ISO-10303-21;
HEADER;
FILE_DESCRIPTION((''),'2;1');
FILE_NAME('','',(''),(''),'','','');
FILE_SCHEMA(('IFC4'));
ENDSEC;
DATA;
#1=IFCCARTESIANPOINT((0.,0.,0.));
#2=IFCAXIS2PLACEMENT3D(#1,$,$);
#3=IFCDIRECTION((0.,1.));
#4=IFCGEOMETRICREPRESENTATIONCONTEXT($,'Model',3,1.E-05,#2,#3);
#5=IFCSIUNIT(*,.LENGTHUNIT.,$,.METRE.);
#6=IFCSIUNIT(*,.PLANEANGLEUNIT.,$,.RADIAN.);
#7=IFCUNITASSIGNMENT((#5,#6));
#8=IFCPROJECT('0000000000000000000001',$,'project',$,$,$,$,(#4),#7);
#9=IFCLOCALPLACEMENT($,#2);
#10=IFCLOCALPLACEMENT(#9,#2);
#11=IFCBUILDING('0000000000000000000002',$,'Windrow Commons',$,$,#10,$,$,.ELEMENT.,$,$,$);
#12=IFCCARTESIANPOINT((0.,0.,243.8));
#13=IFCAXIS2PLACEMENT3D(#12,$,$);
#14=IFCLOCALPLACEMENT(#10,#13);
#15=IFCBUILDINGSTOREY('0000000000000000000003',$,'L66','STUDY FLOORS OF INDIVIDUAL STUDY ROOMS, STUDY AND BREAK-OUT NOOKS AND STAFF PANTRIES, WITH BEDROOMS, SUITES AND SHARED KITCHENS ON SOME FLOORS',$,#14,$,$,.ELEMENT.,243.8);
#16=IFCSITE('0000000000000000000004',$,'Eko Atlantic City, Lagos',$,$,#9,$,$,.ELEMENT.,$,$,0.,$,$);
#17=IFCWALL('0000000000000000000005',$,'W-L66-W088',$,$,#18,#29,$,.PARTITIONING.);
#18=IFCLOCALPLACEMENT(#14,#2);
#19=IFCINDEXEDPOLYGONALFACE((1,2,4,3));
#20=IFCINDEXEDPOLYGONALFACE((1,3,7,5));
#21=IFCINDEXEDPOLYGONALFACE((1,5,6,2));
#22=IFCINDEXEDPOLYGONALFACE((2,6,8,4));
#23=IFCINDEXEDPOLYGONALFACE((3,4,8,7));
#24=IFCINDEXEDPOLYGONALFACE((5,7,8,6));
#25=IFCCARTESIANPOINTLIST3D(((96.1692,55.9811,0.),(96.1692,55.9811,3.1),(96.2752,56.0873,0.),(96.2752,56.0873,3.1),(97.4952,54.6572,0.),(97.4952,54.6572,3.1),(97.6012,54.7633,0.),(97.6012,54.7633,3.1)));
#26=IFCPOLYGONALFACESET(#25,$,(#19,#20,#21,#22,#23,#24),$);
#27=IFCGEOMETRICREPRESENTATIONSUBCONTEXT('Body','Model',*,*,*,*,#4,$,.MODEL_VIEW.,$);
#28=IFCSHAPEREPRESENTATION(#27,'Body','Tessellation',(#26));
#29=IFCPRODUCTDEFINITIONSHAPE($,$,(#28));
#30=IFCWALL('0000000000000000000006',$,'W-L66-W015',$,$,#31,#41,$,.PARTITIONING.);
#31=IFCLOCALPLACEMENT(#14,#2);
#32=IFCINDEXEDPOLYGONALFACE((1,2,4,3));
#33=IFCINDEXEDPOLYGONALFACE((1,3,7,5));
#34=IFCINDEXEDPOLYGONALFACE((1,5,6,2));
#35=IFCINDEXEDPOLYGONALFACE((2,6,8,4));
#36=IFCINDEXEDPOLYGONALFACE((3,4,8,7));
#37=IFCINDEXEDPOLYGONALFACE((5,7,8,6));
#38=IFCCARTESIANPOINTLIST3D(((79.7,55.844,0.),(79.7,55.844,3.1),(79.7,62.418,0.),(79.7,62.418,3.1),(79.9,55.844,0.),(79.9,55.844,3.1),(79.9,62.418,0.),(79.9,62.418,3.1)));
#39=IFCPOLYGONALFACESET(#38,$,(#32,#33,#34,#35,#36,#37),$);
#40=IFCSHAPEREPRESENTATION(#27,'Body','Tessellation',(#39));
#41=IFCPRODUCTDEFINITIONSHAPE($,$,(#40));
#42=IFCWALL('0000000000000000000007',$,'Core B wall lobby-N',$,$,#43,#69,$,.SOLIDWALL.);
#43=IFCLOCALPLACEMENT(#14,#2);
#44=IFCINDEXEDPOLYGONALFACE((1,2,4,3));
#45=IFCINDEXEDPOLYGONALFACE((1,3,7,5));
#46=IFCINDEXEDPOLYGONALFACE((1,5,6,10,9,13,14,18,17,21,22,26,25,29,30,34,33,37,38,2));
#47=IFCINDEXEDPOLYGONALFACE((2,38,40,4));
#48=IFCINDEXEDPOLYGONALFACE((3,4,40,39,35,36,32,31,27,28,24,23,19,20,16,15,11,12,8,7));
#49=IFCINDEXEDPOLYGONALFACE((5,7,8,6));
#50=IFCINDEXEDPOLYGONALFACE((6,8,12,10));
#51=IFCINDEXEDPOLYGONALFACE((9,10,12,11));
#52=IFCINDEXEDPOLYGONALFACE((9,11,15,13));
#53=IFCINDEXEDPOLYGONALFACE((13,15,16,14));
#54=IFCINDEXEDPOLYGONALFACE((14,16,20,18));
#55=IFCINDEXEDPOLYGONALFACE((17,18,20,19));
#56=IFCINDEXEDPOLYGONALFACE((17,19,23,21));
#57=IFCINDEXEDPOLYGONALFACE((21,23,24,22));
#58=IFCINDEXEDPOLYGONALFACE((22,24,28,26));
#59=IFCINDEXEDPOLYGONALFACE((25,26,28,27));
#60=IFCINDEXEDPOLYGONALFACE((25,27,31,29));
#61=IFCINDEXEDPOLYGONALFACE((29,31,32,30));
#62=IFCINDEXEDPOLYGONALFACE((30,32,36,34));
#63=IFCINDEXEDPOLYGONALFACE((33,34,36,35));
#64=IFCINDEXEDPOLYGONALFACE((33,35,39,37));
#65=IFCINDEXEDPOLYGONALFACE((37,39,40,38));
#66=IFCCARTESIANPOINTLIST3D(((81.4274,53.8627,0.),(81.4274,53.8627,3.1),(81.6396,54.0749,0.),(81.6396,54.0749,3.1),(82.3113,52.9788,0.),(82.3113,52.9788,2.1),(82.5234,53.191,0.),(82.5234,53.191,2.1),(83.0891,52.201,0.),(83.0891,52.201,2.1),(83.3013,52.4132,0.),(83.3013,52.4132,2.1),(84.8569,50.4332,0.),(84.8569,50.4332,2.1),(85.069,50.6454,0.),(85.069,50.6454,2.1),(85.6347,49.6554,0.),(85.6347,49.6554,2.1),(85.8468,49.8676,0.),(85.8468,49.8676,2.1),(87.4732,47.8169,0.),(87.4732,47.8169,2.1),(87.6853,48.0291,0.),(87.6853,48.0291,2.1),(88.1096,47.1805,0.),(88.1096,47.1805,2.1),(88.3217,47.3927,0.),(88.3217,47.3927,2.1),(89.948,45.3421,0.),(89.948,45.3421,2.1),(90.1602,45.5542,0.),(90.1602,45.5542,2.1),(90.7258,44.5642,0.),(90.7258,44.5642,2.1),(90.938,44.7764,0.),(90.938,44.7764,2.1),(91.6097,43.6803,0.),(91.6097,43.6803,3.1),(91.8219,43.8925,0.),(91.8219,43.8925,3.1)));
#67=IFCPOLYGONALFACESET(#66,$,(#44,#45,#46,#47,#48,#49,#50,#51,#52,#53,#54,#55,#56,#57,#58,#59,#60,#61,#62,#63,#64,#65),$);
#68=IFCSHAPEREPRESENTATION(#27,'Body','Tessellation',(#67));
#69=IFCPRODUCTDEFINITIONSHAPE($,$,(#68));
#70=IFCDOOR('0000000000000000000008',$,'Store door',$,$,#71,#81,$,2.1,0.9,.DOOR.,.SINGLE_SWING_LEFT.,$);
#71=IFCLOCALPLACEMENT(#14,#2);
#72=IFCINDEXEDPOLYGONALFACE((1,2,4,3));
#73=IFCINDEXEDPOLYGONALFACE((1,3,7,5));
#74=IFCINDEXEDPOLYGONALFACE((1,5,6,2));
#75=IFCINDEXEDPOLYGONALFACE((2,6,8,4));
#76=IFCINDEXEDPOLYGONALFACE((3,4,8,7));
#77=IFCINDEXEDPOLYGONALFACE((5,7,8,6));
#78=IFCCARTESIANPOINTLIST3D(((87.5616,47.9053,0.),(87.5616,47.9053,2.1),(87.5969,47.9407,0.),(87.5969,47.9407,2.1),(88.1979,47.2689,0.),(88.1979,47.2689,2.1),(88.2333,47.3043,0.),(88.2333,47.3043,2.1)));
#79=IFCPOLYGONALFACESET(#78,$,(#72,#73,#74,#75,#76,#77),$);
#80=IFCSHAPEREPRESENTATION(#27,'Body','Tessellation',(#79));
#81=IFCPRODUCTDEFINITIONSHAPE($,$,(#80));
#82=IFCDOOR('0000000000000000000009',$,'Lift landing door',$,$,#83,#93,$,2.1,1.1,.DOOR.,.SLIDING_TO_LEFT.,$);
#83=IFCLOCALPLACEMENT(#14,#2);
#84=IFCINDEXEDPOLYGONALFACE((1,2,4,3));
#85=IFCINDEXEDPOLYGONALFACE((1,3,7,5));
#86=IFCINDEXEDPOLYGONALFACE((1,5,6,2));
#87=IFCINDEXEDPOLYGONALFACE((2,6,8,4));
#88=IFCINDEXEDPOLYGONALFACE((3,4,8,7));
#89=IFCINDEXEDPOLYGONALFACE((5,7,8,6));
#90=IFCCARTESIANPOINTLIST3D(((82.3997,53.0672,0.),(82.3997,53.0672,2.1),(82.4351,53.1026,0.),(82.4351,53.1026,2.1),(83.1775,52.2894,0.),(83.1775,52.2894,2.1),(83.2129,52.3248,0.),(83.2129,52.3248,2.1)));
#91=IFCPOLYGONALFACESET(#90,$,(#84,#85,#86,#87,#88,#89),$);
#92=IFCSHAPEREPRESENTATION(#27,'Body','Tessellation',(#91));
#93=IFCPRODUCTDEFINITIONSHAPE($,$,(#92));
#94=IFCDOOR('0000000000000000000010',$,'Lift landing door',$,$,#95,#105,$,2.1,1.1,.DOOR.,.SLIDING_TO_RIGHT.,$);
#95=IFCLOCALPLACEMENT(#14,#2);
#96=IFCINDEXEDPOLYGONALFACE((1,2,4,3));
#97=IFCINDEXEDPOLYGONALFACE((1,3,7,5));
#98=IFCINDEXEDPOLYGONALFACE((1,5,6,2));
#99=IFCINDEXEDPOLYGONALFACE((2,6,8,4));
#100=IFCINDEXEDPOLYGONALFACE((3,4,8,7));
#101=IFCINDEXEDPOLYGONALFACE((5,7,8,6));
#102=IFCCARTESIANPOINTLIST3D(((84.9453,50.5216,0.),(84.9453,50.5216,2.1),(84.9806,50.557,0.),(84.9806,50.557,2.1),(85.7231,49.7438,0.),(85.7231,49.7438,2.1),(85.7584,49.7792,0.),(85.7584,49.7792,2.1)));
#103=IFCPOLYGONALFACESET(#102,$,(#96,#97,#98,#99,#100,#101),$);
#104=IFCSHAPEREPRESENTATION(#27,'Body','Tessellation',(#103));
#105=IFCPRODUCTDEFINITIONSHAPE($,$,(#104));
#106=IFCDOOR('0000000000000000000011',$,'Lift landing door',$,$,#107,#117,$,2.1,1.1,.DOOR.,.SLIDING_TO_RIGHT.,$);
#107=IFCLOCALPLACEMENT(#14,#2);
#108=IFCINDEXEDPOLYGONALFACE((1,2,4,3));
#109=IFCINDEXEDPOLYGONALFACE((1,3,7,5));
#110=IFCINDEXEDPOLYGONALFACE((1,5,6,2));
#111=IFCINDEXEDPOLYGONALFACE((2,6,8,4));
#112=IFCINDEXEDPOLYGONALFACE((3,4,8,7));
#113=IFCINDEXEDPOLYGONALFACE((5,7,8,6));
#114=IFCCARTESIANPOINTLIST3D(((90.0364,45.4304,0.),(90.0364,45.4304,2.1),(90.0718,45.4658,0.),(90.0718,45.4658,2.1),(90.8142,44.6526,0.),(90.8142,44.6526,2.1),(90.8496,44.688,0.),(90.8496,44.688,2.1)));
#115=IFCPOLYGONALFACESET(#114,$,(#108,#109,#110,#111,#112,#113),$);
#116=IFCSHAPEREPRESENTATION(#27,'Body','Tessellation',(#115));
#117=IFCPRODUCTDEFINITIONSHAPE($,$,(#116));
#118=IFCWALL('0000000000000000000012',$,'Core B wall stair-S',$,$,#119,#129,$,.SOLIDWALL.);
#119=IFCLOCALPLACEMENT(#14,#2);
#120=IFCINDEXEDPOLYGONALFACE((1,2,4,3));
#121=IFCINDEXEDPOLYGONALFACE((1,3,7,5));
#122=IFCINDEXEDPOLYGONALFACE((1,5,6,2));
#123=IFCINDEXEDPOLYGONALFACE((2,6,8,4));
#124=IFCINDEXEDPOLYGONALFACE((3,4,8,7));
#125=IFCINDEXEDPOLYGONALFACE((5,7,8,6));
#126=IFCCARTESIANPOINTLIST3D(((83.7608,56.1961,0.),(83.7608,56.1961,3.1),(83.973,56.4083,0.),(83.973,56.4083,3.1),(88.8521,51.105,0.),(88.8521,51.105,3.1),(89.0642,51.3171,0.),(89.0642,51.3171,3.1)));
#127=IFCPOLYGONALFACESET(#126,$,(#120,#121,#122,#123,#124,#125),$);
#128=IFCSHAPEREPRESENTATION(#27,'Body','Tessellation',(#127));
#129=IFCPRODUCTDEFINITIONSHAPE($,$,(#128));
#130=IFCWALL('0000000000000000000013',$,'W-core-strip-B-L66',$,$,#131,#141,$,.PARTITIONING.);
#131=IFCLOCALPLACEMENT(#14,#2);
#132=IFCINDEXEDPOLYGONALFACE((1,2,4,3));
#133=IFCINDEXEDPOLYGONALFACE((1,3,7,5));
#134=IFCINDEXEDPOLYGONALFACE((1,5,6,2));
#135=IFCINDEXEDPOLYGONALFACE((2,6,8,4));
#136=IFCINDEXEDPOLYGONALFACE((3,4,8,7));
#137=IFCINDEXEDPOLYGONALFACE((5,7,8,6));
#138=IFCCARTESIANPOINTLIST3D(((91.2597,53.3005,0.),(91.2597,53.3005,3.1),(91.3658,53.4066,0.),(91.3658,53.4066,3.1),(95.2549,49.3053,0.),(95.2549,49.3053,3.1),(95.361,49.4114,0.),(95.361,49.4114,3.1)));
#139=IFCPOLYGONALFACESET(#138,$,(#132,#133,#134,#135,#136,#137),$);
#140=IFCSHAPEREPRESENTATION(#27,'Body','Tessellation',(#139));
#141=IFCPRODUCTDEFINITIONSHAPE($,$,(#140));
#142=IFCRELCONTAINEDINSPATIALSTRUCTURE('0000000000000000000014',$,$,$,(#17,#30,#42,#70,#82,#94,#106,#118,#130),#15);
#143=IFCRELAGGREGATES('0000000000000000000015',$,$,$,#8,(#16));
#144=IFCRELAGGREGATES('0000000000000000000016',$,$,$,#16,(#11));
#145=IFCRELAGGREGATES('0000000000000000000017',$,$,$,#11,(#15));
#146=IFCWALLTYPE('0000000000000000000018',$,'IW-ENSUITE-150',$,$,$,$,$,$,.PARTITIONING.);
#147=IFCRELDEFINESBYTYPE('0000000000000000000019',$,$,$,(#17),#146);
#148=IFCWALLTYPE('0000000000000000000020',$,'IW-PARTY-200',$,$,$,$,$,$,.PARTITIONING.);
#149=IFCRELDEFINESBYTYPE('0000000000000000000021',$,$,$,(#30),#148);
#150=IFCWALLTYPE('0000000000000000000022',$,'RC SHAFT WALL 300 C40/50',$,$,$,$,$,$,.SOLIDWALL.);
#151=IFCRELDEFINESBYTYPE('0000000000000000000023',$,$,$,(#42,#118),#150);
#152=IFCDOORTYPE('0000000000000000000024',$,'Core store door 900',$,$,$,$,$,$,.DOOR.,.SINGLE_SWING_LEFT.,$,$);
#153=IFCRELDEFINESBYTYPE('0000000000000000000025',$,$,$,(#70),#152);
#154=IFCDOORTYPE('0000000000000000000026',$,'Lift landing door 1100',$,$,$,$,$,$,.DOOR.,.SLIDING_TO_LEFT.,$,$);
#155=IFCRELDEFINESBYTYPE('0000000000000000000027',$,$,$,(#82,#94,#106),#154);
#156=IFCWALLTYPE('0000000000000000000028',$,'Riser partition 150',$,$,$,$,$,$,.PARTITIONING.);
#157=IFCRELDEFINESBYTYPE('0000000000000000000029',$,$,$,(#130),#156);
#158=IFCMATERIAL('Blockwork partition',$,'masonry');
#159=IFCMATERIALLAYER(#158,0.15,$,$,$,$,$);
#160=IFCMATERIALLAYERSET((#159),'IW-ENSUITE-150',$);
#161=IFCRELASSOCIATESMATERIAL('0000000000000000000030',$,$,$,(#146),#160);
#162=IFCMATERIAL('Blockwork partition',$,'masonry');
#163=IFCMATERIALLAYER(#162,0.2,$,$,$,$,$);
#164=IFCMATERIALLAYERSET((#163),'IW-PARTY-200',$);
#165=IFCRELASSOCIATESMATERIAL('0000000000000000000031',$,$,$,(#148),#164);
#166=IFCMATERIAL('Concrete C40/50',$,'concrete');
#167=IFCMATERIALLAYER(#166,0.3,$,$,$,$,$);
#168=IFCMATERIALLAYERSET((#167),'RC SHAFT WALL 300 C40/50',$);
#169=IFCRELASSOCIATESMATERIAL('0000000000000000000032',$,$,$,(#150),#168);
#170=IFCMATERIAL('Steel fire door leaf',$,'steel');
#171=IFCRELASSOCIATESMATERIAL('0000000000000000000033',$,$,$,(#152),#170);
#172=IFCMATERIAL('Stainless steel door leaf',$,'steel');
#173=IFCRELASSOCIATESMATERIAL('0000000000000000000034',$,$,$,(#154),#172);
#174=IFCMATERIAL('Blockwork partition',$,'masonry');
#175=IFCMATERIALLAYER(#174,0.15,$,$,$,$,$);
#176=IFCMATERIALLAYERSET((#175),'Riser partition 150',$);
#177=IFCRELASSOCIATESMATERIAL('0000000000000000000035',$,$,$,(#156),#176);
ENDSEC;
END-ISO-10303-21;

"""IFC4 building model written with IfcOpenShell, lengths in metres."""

from ifc_helpers import new_model, si_unit, direction, frame, frame_2d, origin, place, context, subcontext, project, spatial, rectangle, extrude, material, layer, layer_set, type_object, element, fill, save


model = new_model("IFC4")

# Units and contexts
model_context = context("Model", 3, precision=1e-05, world=origin(), true_north=direction((0.0, 1.0)))
body_context = subcontext(model_context, "Body", "Model", "MODEL_VIEW")
ifc_project = project(units=[si_unit("LENGTHUNIT", "METRE"), si_unit("PLANEANGLEUNIT", "RADIAN")], contexts=[model_context])

# Site, building, storey
site_placement = place(None, origin())
site = spatial("IfcSite", under=ifc_project, at=site_placement, Name="Eko Atlantic City, Lagos", CompositionType="ELEMENT", RefElevation=0.0)
building_placement = place(site_placement, origin())
building = spatial("IfcBuilding", under=site, at=building_placement, Name="Windrow Commons", CompositionType="ELEMENT")
storey_placement = place(building_placement, frame((0.0, 0.0, 243.8)))
storey = spatial("IfcBuildingStorey", under=building, at=storey_placement, Name="L66", Description="STUDY FLOORS OF INDIVIDUAL STUDY ROOMS, STUDY AND BREAK-OUT NOOKS AND STAFF PANTRIES, WITH BEDROOMS, SUITES AND SHARED KITCHENS ON SOME FLOORS", CompositionType="ELEMENT", Elevation=243.8)

# Shared definitions
ifc_material_1 = material(Name="Blockwork partition", Category="masonry")
ifc_layer_1 = layer(ifc_material_1, 0.15)
ifc_layer_set_1 = layer_set([ifc_layer_1], Name="IW-ENSUITE-150")
wall_type_1 = type_object("IfcWallType", Name="IW-ENSUITE-150", PredefinedType="PARTITIONING", material=ifc_layer_set_1)

# Walls
wall_1_placement = place(storey_placement, frame((96.2222, 56.0342, 0.0), z_axis=(0.0, 0.0, 1.0), x_axis=(0.70764, -0.706573, 0.0)))
element("IfcWall", 1, at=wall_1_placement, inside=storey, type_object=wall_type_1, Name="W-L66-W088", PredefinedType="PARTITIONING", context=body_context, shape_type="SweptSolid", body=[
    extrude(rectangle(XDim=1.8738, YDim=0.15, at=frame_2d((0.9369, 0.0))), origin(), (0.0, 0.0, 1.0), 3.1),
])
ifc_material_2 = material(Name="Blockwork partition", Category="masonry")
ifc_layer_2 = layer(ifc_material_2, 0.2)
ifc_layer_set_2 = layer_set([ifc_layer_2], Name="IW-PARTY-200")
wall_type_2 = type_object("IfcWallType", Name="IW-PARTY-200", PredefinedType="PARTITIONING", material=ifc_layer_set_2)
wall_2_placement = place(storey_placement, frame((79.8, 55.844, 0.0), z_axis=(0.0, 0.0, 1.0), x_axis=(0.0, 1.0, 0.0)))
element("IfcWall", 2, at=wall_2_placement, inside=storey, type_object=wall_type_2, Name="W-L66-W015", PredefinedType="PARTITIONING", context=body_context, shape_type="SweptSolid", body=[
    extrude(rectangle(XDim=6.574, YDim=0.2, at=frame_2d((3.287, 0.0))), origin(), (0.0, 0.0, 1.0), 3.1),
])

# Wall, openings, doors
ifc_material_3 = material(Name="Concrete C40/50", Category="concrete")
ifc_layer_3 = layer(ifc_material_3, 0.3)
ifc_layer_set_3 = layer_set([ifc_layer_3], Name="RC SHAFT WALL 300 C40/50")
wall_type_3 = type_object("IfcWallType", Name="RC SHAFT WALL 300 C40/50", PredefinedType="SOLIDWALL", material=ifc_layer_set_3)
wall_3_placement = place(storey_placement, frame((81.5335, 53.9688, 0.0), z_axis=(0.0, 0.0, 1.0), x_axis=(0.707103, -0.70711, 0.0)))
wall_3 = element("IfcWall", 3, at=wall_3_placement, inside=storey, type_object=wall_type_3, Name="Core B wall lobby-N", PredefinedType="SOLIDWALL", context=body_context, shape_type="SweptSolid", body=[
    extrude(rectangle(XDim=14.4, YDim=0.3, at=frame_2d((7.2, 0.0))), origin(), (0.0, 0.0, 1.0), 3.1),
])
opening_1_placement = place(wall_3_placement, frame((8.55, 0.0, 0.0)))
opening_1 = element("IfcOpeningElement", 4, at=opening_1_placement, cuts=wall_3, PredefinedType="OPENING", context=body_context, shape_type="SweptSolid", body=[
    extrude(rectangle(XDim=0.9, YDim=2.1, at=frame_2d((0.45, 1.05))), frame((0.0, 0.16, 0.0), z_axis=(0.0, -1.0, 0.0), x_axis=(1.0, 0.0, 0.0)), (0.0, 0.0, 1.0), 0.32),
])
opening_2_placement = place(wall_3_placement, frame((1.25, 0.0, 0.0)))
opening_2 = element("IfcOpeningElement", 5, at=opening_2_placement, cuts=wall_3, PredefinedType="OPENING", context=body_context, shape_type="SweptSolid", body=[
    extrude(rectangle(XDim=1.1, YDim=2.1, at=frame_2d((0.55, 1.05))), frame((0.0, 0.16, 0.0), z_axis=(0.0, -1.0, 0.0), x_axis=(1.0, 0.0, 0.0)), (0.0, 0.0, 1.0), 0.32),
])
opening_3_placement = place(wall_3_placement, frame((4.85, 0.0, 0.0)))
opening_3 = element("IfcOpeningElement", 6, at=opening_3_placement, cuts=wall_3, PredefinedType="OPENING", context=body_context, shape_type="SweptSolid", body=[
    extrude(rectangle(XDim=1.1, YDim=2.1, at=frame_2d((0.55, 1.05))), frame((0.0, 0.16, 0.0), z_axis=(0.0, -1.0, 0.0), x_axis=(1.0, 0.0, 0.0)), (0.0, 0.0, 1.0), 0.32),
])
opening_4_placement = place(wall_3_placement, frame((12.05, 0.0, 0.0)))
opening_4 = element("IfcOpeningElement", 7, at=opening_4_placement, cuts=wall_3, PredefinedType="OPENING", context=body_context, shape_type="SweptSolid", body=[
    extrude(rectangle(XDim=1.1, YDim=2.1, at=frame_2d((0.55, 1.05))), frame((0.0, 0.16, 0.0), z_axis=(0.0, -1.0, 0.0), x_axis=(1.0, 0.0, 0.0)), (0.0, 0.0, 1.0), 0.32),
])
ifc_material_4 = material(Name="Steel fire door leaf", Category="steel")
door_type_1 = type_object("IfcDoorType", Name="Core store door 900", OperationType="SINGLE_SWING_LEFT", PredefinedType="DOOR", material=ifc_material_4)
door_1_placement = place(opening_1_placement, origin())
door_1 = element("IfcDoor", 8, at=door_1_placement, inside=storey, type_object=door_type_1, Name="Store door", OperationType="SINGLE_SWING_LEFT", OverallHeight=2.1, OverallWidth=0.9, PredefinedType="DOOR", context=body_context, shape_type="SweptSolid", body=[
    extrude(rectangle(XDim=0.9, YDim=2.1, at=frame_2d((0.45, 1.05))), frame((0.0, 0.025, 0.0), z_axis=(0.0, -1.0, 0.0), x_axis=(1.0, 0.0, 0.0)), (0.0, 0.0, 1.0), 0.05),
])
fill(opening_1, door_1)
ifc_material_5 = material(Name="Stainless steel door leaf", Category="steel")
door_type_2 = type_object("IfcDoorType", Name="Lift landing door 1100", OperationType="SLIDING_TO_LEFT", PredefinedType="DOOR", material=ifc_material_5)
door_2_placement = place(opening_2_placement, origin())
door_2 = element("IfcDoor", 9, at=door_2_placement, inside=storey, type_object=door_type_2, Name="Lift landing door", OperationType="SLIDING_TO_LEFT", OverallHeight=2.1, OverallWidth=1.1, PredefinedType="DOOR", context=body_context, shape_type="SweptSolid", body=[
    extrude(rectangle(XDim=1.1, YDim=2.1, at=frame_2d((0.55, 1.05))), frame((0.0, 0.025, 0.0), z_axis=(0.0, -1.0, 0.0), x_axis=(1.0, 0.0, 0.0)), (0.0, 0.0, 1.0), 0.05),
])
fill(opening_2, door_2)
door_3_placement = place(opening_3_placement, origin())
door_3 = element("IfcDoor", 10, at=door_3_placement, inside=storey, type_object=door_type_2, Name="Lift landing door", OperationType="SLIDING_TO_RIGHT", OverallHeight=2.1, OverallWidth=1.1, PredefinedType="DOOR", context=body_context, shape_type="SweptSolid", body=[
    extrude(rectangle(XDim=1.1, YDim=2.1, at=frame_2d((0.55, 1.05))), frame((0.0, 0.025, 0.0), z_axis=(0.0, -1.0, 0.0), x_axis=(1.0, 0.0, 0.0)), (0.0, 0.0, 1.0), 0.05),
])
fill(opening_3, door_3)
door_4_placement = place(opening_4_placement, origin())
door_4 = element("IfcDoor", 11, at=door_4_placement, inside=storey, type_object=door_type_2, Name="Lift landing door", OperationType="SLIDING_TO_RIGHT", OverallHeight=2.1, OverallWidth=1.1, PredefinedType="DOOR", context=body_context, shape_type="SweptSolid", body=[
    extrude(rectangle(XDim=1.1, YDim=2.1, at=frame_2d((0.55, 1.05))), frame((0.0, 0.025, 0.0), z_axis=(0.0, -1.0, 0.0), x_axis=(1.0, 0.0, 0.0)), (0.0, 0.0, 1.0), 0.05),
])
fill(opening_4, door_4)

# Walls
wall_4_placement = place(storey_placement, frame((83.8669, 56.3022, 0.0), z_axis=(0.0, 0.0, 1.0), x_axis=(0.707114, -0.7071, 0.0)))
element("IfcWall", 12, at=wall_4_placement, inside=storey, type_object=wall_type_3, Name="Core B wall stair-S", PredefinedType="SOLIDWALL", context=body_context, shape_type="SweptSolid", body=[
    extrude(rectangle(XDim=7.2, YDim=0.3, at=frame_2d((3.6, 0.0))), origin(), (0.0, 0.0, 1.0), 3.1),
])
ifc_material_6 = material(Name="Blockwork partition", Category="masonry")
ifc_layer_4 = layer(ifc_material_6, 0.15)
ifc_layer_set_4 = layer_set([ifc_layer_4], Name="Riser partition 150")
wall_type_4 = type_object("IfcWallType", Name="Riser partition 150", PredefinedType="PARTITIONING", material=ifc_layer_set_4)
wall_5_placement = place(storey_placement, frame((91.3127, 53.3536, 0.0), z_axis=(0.0, 0.0, 1.0), x_axis=(0.707107, -0.707107, 0.0)))
element("IfcWall", 13, at=wall_5_placement, inside=storey, type_object=wall_type_4, Name="W-core-strip-B-L66", PredefinedType="PARTITIONING", context=body_context, shape_type="SweptSolid", body=[
    extrude(rectangle(XDim=5.6501, YDim=0.15, at=frame_2d((2.8251, 0.0))), origin(), (0.0, 0.0, 1.0), 3.1),
])

save(model, "model.ifc")
